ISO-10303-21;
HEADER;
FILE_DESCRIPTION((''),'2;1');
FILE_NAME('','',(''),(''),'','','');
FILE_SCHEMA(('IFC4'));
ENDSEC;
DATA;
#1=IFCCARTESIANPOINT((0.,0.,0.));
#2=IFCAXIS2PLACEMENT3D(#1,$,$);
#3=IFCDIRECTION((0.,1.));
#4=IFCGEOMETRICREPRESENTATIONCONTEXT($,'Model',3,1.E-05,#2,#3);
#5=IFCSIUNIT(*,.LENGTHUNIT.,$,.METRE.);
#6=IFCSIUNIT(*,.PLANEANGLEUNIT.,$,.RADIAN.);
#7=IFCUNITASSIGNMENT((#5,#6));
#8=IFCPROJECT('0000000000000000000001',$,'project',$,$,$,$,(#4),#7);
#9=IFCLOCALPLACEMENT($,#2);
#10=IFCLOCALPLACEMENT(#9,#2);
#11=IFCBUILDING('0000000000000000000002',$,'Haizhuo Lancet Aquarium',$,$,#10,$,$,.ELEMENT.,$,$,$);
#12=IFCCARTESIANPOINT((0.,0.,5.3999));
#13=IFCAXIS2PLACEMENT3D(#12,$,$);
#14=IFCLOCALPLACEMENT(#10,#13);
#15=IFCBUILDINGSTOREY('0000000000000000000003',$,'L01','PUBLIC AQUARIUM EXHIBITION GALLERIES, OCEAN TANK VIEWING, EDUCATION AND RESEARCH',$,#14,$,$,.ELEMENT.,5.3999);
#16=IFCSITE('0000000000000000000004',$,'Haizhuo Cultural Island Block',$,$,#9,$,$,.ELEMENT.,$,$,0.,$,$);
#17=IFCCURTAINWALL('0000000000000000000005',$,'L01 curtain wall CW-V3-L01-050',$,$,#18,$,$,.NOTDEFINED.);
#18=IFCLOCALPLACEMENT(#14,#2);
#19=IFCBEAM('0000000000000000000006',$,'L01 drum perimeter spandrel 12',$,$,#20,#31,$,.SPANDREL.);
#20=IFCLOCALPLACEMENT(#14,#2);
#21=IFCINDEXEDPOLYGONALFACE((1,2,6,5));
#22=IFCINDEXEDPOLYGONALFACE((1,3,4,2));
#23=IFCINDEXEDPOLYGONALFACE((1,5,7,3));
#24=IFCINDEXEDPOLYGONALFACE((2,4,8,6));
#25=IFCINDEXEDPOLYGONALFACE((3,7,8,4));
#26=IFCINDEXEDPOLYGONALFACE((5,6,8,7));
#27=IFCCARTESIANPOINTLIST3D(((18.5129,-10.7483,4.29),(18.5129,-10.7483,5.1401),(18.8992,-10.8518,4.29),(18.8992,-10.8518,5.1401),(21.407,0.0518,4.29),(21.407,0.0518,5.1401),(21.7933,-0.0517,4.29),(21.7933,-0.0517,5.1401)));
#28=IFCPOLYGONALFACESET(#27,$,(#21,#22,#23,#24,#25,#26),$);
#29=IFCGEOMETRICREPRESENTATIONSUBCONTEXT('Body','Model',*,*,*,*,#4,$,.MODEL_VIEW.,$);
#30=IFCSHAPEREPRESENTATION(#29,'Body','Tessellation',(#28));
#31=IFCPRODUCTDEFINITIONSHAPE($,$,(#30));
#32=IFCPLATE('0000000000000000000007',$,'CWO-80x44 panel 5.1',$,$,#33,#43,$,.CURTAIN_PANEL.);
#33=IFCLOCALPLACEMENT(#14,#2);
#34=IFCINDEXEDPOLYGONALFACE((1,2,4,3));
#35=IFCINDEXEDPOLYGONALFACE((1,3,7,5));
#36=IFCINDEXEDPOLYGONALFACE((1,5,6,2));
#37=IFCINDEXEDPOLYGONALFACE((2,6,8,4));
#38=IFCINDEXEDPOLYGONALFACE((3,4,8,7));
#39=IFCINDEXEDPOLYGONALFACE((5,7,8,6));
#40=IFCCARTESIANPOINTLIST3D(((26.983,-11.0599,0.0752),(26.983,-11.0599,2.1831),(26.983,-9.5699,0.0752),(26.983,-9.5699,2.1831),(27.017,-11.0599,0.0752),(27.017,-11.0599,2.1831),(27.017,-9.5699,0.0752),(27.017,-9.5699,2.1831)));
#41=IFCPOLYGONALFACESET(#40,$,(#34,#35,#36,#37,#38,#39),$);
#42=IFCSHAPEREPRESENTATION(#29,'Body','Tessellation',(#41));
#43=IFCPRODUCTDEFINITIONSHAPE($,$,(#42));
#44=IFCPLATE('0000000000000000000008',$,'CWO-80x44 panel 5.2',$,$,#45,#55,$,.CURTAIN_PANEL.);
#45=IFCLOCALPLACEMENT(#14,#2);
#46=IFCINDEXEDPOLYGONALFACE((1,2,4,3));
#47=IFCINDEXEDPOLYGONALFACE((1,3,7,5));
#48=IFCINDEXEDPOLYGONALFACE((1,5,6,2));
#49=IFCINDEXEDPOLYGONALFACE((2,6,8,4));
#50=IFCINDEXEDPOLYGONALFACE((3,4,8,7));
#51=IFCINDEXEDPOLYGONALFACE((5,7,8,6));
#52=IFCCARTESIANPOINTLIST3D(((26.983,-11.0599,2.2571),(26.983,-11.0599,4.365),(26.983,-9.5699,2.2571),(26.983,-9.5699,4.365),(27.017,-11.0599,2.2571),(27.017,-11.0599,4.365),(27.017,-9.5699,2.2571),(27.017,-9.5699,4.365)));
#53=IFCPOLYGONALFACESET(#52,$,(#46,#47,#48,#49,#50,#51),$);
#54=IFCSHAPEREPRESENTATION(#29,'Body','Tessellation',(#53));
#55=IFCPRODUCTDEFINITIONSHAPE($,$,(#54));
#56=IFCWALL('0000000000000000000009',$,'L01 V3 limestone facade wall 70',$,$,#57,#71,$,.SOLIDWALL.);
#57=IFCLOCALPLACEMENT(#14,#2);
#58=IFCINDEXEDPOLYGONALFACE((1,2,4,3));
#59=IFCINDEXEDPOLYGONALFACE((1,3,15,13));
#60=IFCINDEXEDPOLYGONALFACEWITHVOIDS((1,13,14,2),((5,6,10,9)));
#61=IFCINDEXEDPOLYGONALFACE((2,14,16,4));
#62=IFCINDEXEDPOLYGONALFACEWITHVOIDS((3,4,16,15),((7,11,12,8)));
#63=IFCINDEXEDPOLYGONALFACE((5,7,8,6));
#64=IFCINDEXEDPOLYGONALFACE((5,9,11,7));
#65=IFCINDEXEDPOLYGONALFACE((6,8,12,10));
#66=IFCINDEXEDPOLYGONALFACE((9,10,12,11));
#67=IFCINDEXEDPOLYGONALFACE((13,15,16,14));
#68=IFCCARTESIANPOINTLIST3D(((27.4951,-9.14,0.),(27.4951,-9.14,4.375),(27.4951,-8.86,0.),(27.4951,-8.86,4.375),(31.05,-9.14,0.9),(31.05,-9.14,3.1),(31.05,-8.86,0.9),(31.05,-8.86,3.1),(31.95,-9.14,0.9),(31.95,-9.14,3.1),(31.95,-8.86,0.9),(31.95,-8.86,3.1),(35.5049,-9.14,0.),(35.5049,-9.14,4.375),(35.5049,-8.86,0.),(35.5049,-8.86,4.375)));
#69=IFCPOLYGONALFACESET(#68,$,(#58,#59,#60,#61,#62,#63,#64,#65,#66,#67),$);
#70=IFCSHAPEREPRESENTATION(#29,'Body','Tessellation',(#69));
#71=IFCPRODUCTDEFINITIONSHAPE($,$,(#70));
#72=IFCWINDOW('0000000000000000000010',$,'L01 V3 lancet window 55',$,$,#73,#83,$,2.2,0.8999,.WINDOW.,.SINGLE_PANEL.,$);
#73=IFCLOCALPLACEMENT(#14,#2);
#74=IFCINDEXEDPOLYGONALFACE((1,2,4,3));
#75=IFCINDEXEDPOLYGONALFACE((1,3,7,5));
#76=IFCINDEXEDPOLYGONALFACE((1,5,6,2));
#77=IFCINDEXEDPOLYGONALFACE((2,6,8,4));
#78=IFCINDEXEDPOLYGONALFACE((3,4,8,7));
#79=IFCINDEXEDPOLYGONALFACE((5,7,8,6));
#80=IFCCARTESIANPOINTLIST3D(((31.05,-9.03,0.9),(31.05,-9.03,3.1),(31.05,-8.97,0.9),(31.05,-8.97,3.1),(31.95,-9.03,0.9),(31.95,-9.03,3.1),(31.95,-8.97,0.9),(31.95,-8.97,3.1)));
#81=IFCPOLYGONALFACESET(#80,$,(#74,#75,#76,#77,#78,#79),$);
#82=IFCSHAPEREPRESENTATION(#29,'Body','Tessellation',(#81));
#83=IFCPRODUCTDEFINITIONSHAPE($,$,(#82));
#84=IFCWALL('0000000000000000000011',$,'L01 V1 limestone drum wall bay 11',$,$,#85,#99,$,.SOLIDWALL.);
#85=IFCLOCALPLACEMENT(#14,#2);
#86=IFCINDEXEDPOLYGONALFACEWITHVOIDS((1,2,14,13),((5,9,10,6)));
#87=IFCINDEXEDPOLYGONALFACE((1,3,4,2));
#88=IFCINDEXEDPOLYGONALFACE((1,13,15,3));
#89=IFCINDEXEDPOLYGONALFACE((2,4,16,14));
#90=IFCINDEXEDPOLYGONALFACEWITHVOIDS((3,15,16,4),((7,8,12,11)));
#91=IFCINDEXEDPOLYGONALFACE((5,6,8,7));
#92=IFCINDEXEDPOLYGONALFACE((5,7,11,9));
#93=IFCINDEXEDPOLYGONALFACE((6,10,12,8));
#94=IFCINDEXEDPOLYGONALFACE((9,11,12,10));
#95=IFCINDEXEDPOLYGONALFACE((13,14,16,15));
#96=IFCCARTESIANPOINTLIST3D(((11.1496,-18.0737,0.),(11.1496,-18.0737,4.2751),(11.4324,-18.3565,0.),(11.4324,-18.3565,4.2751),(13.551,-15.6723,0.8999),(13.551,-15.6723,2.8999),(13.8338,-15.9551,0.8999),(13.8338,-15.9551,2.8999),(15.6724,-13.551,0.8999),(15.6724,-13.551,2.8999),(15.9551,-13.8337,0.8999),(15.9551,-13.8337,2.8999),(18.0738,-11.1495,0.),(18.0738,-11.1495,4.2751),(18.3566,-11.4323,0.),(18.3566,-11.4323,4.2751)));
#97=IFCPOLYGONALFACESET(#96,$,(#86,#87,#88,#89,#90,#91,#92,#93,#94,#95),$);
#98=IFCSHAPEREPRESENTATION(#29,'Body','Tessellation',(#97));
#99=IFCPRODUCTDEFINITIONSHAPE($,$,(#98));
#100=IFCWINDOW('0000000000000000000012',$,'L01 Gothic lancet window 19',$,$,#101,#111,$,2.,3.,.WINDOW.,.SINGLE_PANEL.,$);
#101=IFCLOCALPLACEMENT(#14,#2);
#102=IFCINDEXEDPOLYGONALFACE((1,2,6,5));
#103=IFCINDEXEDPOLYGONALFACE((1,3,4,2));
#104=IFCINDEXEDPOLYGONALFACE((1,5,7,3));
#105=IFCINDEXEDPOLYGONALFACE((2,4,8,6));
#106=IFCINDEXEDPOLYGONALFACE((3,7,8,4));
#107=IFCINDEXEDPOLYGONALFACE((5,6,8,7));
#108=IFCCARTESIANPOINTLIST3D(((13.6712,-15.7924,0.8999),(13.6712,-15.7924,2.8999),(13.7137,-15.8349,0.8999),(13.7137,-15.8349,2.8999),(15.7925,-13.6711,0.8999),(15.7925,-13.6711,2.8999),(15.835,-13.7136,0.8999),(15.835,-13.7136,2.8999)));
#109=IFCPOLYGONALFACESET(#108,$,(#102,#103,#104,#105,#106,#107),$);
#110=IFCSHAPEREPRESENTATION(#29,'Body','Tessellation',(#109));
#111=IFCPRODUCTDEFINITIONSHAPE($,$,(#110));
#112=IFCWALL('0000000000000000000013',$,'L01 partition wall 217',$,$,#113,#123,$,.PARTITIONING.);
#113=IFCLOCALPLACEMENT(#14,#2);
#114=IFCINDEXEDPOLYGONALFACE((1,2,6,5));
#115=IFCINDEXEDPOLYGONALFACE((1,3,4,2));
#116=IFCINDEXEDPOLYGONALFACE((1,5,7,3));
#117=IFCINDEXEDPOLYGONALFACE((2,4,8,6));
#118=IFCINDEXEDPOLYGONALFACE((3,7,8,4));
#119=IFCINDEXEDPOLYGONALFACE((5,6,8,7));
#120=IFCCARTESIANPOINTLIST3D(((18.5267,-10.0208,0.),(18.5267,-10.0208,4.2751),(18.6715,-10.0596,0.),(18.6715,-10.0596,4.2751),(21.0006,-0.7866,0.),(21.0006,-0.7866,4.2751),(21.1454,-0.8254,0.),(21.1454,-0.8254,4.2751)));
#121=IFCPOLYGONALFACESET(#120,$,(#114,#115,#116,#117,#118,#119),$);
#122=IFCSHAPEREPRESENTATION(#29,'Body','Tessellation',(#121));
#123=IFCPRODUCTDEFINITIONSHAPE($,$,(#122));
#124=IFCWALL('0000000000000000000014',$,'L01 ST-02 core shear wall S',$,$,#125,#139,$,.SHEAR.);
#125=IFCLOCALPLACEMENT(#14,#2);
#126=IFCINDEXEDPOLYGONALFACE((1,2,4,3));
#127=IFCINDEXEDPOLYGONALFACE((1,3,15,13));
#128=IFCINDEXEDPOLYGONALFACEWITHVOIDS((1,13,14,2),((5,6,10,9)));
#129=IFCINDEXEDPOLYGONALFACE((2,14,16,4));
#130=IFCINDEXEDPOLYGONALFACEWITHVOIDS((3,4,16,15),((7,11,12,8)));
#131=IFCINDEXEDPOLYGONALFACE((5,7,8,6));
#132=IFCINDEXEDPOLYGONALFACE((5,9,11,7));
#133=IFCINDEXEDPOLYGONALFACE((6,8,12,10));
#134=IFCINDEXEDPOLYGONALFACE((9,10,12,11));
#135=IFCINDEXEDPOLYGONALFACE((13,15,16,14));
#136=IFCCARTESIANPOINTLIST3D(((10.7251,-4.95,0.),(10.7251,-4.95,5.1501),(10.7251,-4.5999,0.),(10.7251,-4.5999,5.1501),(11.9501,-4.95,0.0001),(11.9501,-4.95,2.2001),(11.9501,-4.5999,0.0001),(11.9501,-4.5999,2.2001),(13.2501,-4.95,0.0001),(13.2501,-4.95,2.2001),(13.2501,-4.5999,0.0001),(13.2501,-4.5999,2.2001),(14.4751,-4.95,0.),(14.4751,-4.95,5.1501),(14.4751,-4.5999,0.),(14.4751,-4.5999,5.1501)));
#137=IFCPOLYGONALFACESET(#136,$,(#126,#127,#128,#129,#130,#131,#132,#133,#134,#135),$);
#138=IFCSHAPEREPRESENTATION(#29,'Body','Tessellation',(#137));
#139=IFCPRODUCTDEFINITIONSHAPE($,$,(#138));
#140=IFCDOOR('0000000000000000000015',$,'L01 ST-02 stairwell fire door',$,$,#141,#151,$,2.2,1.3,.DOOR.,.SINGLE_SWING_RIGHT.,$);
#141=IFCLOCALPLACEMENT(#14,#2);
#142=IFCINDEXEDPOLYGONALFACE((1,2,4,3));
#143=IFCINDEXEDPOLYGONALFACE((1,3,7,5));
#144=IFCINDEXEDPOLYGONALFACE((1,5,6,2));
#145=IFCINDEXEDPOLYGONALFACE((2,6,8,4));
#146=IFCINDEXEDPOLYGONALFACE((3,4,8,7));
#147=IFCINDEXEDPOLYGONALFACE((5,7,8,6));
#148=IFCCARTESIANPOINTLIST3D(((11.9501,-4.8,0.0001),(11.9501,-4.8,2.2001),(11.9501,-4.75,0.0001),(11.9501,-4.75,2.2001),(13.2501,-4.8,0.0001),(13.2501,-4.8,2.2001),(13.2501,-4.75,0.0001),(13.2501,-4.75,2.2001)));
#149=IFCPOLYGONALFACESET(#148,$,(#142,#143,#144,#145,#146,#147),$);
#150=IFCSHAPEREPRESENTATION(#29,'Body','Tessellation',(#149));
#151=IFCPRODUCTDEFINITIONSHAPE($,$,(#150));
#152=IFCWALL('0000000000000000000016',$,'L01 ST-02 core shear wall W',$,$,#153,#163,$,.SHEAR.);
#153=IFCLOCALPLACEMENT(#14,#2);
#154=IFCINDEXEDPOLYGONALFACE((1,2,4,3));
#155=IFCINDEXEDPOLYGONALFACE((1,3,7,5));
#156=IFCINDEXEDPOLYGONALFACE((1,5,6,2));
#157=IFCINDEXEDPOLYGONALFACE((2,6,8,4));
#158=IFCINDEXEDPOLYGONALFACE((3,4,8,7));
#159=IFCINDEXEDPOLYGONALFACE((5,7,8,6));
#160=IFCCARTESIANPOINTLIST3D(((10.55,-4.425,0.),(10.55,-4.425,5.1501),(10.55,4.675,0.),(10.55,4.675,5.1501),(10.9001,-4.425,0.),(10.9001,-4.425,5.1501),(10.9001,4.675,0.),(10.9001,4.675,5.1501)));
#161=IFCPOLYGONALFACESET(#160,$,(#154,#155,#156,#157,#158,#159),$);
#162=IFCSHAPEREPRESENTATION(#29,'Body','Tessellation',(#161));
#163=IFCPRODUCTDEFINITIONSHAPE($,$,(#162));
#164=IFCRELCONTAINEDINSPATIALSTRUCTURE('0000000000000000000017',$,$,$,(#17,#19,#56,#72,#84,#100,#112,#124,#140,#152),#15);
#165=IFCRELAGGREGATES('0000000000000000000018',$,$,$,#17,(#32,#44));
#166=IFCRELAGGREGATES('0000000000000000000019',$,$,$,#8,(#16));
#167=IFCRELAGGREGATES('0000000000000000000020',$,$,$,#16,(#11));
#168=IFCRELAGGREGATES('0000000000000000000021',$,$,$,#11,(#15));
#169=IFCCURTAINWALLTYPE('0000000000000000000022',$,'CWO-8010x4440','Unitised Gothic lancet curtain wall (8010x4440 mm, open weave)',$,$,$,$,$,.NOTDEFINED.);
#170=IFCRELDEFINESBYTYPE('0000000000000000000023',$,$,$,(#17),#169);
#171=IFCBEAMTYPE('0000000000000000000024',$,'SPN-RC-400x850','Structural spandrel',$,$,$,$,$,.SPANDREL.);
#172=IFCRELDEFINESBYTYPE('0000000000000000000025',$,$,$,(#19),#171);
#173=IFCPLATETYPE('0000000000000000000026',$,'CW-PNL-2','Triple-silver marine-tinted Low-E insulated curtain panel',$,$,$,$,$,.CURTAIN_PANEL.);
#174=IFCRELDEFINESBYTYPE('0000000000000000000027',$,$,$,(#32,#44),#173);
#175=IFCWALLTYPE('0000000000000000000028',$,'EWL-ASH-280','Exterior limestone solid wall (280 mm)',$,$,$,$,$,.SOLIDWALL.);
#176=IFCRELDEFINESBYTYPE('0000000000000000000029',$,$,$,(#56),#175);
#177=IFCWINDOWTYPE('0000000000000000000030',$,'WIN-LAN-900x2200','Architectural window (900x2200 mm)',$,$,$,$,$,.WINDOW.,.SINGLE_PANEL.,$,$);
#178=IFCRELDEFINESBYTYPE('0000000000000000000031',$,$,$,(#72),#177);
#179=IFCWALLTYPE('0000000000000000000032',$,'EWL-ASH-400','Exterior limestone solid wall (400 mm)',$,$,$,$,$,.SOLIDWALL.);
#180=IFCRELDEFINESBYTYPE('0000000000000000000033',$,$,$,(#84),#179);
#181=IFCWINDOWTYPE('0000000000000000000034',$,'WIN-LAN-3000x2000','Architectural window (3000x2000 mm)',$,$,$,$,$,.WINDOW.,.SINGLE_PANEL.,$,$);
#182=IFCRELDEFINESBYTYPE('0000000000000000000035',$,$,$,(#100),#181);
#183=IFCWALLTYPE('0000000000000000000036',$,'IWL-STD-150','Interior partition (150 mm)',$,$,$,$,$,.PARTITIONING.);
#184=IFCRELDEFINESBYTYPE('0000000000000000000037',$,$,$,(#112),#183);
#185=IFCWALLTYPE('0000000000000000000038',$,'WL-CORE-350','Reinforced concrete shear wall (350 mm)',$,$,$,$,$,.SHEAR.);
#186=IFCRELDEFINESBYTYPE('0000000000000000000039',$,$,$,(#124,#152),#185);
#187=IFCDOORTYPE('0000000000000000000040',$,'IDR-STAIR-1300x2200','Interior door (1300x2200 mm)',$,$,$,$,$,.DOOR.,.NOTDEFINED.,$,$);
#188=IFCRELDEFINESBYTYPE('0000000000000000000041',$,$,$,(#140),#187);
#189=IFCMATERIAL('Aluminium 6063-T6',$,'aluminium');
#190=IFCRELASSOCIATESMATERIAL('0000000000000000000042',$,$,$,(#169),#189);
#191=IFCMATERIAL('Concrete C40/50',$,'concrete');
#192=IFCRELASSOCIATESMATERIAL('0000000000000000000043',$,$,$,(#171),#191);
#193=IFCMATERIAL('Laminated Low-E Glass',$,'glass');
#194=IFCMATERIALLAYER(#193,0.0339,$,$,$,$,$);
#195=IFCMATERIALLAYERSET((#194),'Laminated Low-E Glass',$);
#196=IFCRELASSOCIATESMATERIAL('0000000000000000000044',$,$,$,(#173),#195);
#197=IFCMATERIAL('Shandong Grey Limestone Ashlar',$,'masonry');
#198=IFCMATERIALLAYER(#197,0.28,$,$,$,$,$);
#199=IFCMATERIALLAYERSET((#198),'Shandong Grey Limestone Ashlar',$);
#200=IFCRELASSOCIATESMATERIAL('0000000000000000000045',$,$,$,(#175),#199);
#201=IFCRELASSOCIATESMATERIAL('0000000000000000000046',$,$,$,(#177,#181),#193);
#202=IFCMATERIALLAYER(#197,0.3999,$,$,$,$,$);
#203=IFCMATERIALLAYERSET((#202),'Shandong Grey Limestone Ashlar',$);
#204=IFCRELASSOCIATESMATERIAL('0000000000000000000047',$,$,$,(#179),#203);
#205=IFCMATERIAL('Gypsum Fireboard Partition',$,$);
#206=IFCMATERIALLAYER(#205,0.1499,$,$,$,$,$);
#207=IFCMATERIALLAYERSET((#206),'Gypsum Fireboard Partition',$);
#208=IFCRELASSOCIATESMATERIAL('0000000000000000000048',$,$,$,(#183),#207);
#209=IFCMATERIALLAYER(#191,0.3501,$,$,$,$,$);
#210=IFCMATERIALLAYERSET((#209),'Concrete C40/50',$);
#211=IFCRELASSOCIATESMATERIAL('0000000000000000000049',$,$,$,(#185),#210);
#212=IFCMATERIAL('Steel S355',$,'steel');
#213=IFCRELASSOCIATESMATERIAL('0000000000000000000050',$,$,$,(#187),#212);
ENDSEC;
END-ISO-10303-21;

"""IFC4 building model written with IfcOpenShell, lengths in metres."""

from ifc_helpers import new_model, si_unit, direction, frame, frame_2d, origin, origin_2d, place, context, subcontext, project, spatial, rectangle, extrude, material, layer, layer_set, material_profile, profile_set, type_object, element, fill, aggregate, save


model = new_model("IFC4")

# Units and contexts
model_context = context("Model", 3, precision=1e-05, world=origin(), true_north=direction((0.0, 1.0)))
body_context = subcontext(model_context, "Body", "Model", "MODEL_VIEW")
ifc_project = project(units=[si_unit("LENGTHUNIT", "METRE"), si_unit("PLANEANGLEUNIT", "RADIAN")], contexts=[model_context])

# Site, building, storey
site_placement = place(None, origin())
site = spatial("IfcSite", under=ifc_project, at=site_placement, Name="Haizhuo Cultural Island Block", CompositionType="ELEMENT", RefElevation=0.0)
building_placement = place(site_placement, origin())
building = spatial("IfcBuilding", under=site, at=building_placement, Name="Haizhuo Lancet Aquarium", CompositionType="ELEMENT")
storey_placement = place(building_placement, frame((0.0, 0.0, 5.3999)))
storey = spatial("IfcBuildingStorey", under=building, at=storey_placement, Name="L01", Description="PUBLIC AQUARIUM EXHIBITION GALLERIES, OCEAN TANK VIEWING, EDUCATION AND RESEARCH", CompositionType="ELEMENT", Elevation=5.3999)

# Shared definitions
ifc_material_1 = material(Name="Concrete C40/50", Category="concrete")

# Curtain wall
ifc_material_2 = material(Name="Aluminium 6063-T6", Category="aluminium")
curtain_wall_type = type_object("IfcCurtainWallType", Name="CWO-8010x4440", Description="Unitised Gothic lancet curtain wall (8010x4440 mm, open weave)", PredefinedType="NOTDEFINED", material=ifc_material_2)
curtain_wall_placement = place(storey_placement, origin())
curtain_wall = element("IfcCurtainWall", 1, at=curtain_wall_placement, inside=storey, type_object=curtain_wall_type, Name="L01 curtain wall CW-V3-L01-050", PredefinedType="NOTDEFINED")

# Shared definitions
ifc_material_3 = material(Name="Steel S355", Category="steel")

# Beam
ifc_material_profile_1 = material_profile(ifc_material_1, rectangle(XDim=0.3999, YDim=0.8501, at=origin_2d()), Name="RC-SP 400x850")
ifc_profile_set_1 = profile_set([ifc_material_profile_1], Name="Concrete C40/50")
beam_type_1 = type_object("IfcBeamType", Name="SPN-RC-400x850", Description="Structural spandrel", PredefinedType="SPANDREL", material=ifc_profile_set_1)
beam_1_placement = place(storey_placement, frame((18.7061, -10.8, 4.7151), z_axis=(0.258834, 0.965922, 0.0), x_axis=(-0.965922, 0.258834, 0.0)))
element("IfcBeam", 2, at=beam_1_placement, inside=storey, type_object=beam_type_1, Name="L01 drum perimeter spandrel 12", PredefinedType="SPANDREL", context=body_context, shape_type="SweptSolid", body=[
    extrude(rectangle(XDim=0.3999, YDim=0.8501, at=origin_2d()), origin(), (0.0, 0.0, 1.0), 11.1812),
])

# Plates
ifc_material_4 = material(Name="Laminated Low-E Glass", Category="glass")
ifc_layer_1 = layer(ifc_material_4, 0.0339)
ifc_layer_set_1 = layer_set([ifc_layer_1], Name="Laminated Low-E Glass")
plate_type = type_object("IfcPlateType", Name="CW-PNL-2", Description="Triple-silver marine-tinted Low-E insulated curtain panel", PredefinedType="CURTAIN_PANEL", material=ifc_layer_set_1)
plate_1_placement = place(storey_placement, frame((27.0, -10.3149, 0.0752), z_axis=(0.0, 0.0, 1.0), x_axis=(0.0, 1.0, 0.0)))
plate_1 = element("IfcPlate", 3, at=plate_1_placement, type_object=plate_type, Name="CWO-80x44 panel 5.1", PredefinedType="CURTAIN_PANEL", context=body_context, shape_type="SweptSolid", body=[
    extrude(rectangle(XDim=1.49, YDim=0.0339, at=origin_2d()), origin(), (0.0, 0.0, 1.0), 2.1079),
])
plate_2_placement = place(storey_placement, frame((27.0, -10.3149, 2.2571), z_axis=(0.0, 0.0, 1.0), x_axis=(0.0, 1.0, 0.0)))
plate_2 = element("IfcPlate", 4, at=plate_2_placement, type_object=plate_type, Name="CWO-80x44 panel 5.2", PredefinedType="CURTAIN_PANEL", context=body_context, shape_type="SweptSolid", body=[
    extrude(rectangle(XDim=1.49, YDim=0.0339, at=origin_2d()), origin(), (0.0, 0.0, 1.0), 2.1079),
])
aggregate(curtain_wall, [plate_1, plate_2])

# Walls, openings, windows
ifc_material_5 = material(Name="Shandong Grey Limestone Ashlar", Category="masonry")
ifc_layer_2 = layer(ifc_material_5, 0.28)
ifc_layer_set_2 = layer_set([ifc_layer_2], Name="Shandong Grey Limestone Ashlar")
wall_type_1 = type_object("IfcWallType", Name="EWL-ASH-280", Description="Exterior limestone solid wall (280 mm)", PredefinedType="SOLIDWALL", material=ifc_layer_set_2)
wall_1_placement = place(storey_placement, frame((27.4951, -9.0, 0.0), z_axis=(0.0, 0.0, 1.0), x_axis=(1.0, 0.0, 0.0)))
wall_1 = element("IfcWall", 5, at=wall_1_placement, inside=storey, type_object=wall_type_1, Name="L01 V3 limestone facade wall 70", PredefinedType="SOLIDWALL", context=body_context, shape_type="SweptSolid", body=[
    extrude(rectangle(XDim=8.0098, YDim=0.28, at=frame_2d((4.0049, 0.0))), origin(), (0.0, 0.0, 1.0), 4.375),
])
opening_1_placement = place(wall_1_placement, frame((3.5549, 0.0, 0.8999)))
opening_1 = element("IfcOpeningElement", 6, at=opening_1_placement, cuts=wall_1, PredefinedType="OPENING", context=body_context, shape_type="SweptSolid", body=[
    extrude(rectangle(XDim=0.8999, YDim=2.2, at=frame_2d((0.45, 1.1001))), frame((0.0, 0.1499, 0.0), z_axis=(0.0, -1.0, 0.0), x_axis=(1.0, 0.0, 0.0)), (0.0, 0.0, 1.0), 0.3),
])
window_type_1 = type_object("IfcWindowType", Name="WIN-LAN-900x2200", Description="Architectural window (900x2200 mm)", PartitioningType="SINGLE_PANEL", PredefinedType="WINDOW", material=ifc_material_4)
window_1_placement = place(opening_1_placement, origin())
window_1 = element("IfcWindow", 7, at=window_1_placement, inside=storey, type_object=window_type_1, Name="L01 V3 lancet window 55", OverallHeight=2.2, OverallWidth=0.8999, PartitioningType="SINGLE_PANEL", PredefinedType="WINDOW", context=body_context, shape_type="SweptSolid", body=[
    extrude(rectangle(XDim=0.8999, YDim=2.2, at=frame_2d((0.45, 1.1001))), frame((0.0, 0.03, 0.0), z_axis=(0.0, -1.0, 0.0), x_axis=(1.0, 0.0, 0.0)), (0.0, 0.0, 1.0), 0.0601),
])
fill(opening_1, window_1)
ifc_layer_3 = layer(ifc_material_5, 0.3999)
ifc_layer_set_3 = layer_set([ifc_layer_3], Name="Shandong Grey Limestone Ashlar")
wall_type_2 = type_object("IfcWallType", Name="EWL-ASH-400", Description="Exterior limestone solid wall (400 mm)", PredefinedType="SOLIDWALL", material=ifc_layer_set_3)
wall_2_placement = place(storey_placement, frame((18.2151, -11.291, 0.0), z_axis=(0.0, 0.0, 1.0), x_axis=(-0.707107, -0.707107, 0.0)))
wall_2 = element("IfcWall", 8, at=wall_2_placement, inside=storey, type_object=wall_type_2, Name="L01 V1 limestone drum wall bay 11", PredefinedType="SOLIDWALL", context=body_context, shape_type="SweptSolid", body=[
    extrude(rectangle(XDim=9.7922, YDim=0.3999, at=frame_2d((4.896, 0.0))), origin(), (0.0, 0.0, 1.0), 4.2751),
])
opening_2_placement = place(wall_2_placement, frame((3.396, 0.0, 0.8999)))
opening_2 = element("IfcOpeningElement", 9, at=opening_2_placement, cuts=wall_2, PredefinedType="OPENING", context=body_context, shape_type="SweptSolid", body=[
    extrude(rectangle(XDim=3.0, YDim=2.0, at=frame_2d((1.5, 1.0))), frame((0.0, 0.21, 0.0), z_axis=(0.0, -1.0, 0.0), x_axis=(1.0, 0.0, 0.0)), (0.0, 0.0, 1.0), 0.4199),
])
window_type_2 = type_object("IfcWindowType", Name="WIN-LAN-3000x2000", Description="Architectural window (3000x2000 mm)", PartitioningType="SINGLE_PANEL", PredefinedType="WINDOW", material=ifc_material_4)
window_2_placement = place(opening_2_placement, origin())
window_2 = element("IfcWindow", 10, at=window_2_placement, inside=storey, type_object=window_type_2, Name="L01 Gothic lancet window 19", OverallHeight=2.0, OverallWidth=3.0, PartitioningType="SINGLE_PANEL", PredefinedType="WINDOW", context=body_context, shape_type="SweptSolid", body=[
    extrude(rectangle(XDim=3.0, YDim=2.0, at=frame_2d((1.5, 1.0))), frame((0.0, 0.03, 0.0), z_axis=(0.0, -1.0, 0.0), x_axis=(1.0, 0.0, 0.0)), (0.0, 0.0, 1.0), 0.0601),
])
fill(opening_2, window_2)

# Wall
ifc_material_6 = material(Name="Gypsum Fireboard Partition")
ifc_layer_4 = layer(ifc_material_6, 0.1499)
ifc_layer_set_4 = layer_set([ifc_layer_4], Name="Gypsum Fireboard Partition")
wall_type_3 = type_object("IfcWallType", Name="IWL-STD-150", Description="Interior partition (150 mm)", PredefinedType="PARTITIONING", material=ifc_layer_set_4)
wall_3_placement = place(storey_placement, frame((18.5991, -10.04, 0.0), z_axis=(0.0, 0.0, 1.0), x_axis=(0.25878, 0.965936, 0.0)))
element("IfcWall", 11, at=wall_3_placement, inside=storey, type_object=wall_type_3, Name="L01 partition wall 217", PredefinedType="PARTITIONING", context=body_context, shape_type="SweptSolid", body=[
    extrude(rectangle(XDim=9.5598, YDim=0.1499, at=frame_2d((4.7798, 0.0))), origin(), (0.0, 0.0, 1.0), 4.2751),
])

# Wall, opening, door
ifc_layer_5 = layer(ifc_material_1, 0.3501)
ifc_layer_set_5 = layer_set([ifc_layer_5], Name="Concrete C40/50")
wall_type_4 = type_object("IfcWallType", Name="WL-CORE-350", Description="Reinforced concrete shear wall (350 mm)", PredefinedType="SHEAR", material=ifc_layer_set_5)
wall_4_placement = place(storey_placement, frame((10.7251, -4.7749, 0.0), z_axis=(0.0, 0.0, 1.0), x_axis=(1.0, 0.0, 0.0)))
wall_4 = element("IfcWall", 12, at=wall_4_placement, inside=storey, type_object=wall_type_4, Name="L01 ST-02 core shear wall S", PredefinedType="SHEAR", context=body_context, shape_type="SweptSolid", body=[
    extrude(rectangle(XDim=3.75, YDim=0.3501, at=frame_2d((1.875, 0.0))), origin(), (0.0, 0.0, 1.0), 5.1501),
])
opening_3_placement = place(wall_4_placement, frame((1.2251, 0.0, 0.0)))
opening_3 = element("IfcOpeningElement", 13, at=opening_3_placement, cuts=wall_4, PredefinedType="OPENING", context=body_context, shape_type="SweptSolid", body=[
    extrude(rectangle(XDim=1.3, YDim=2.2, at=frame_2d((0.6499, 1.1001))), frame((0.0, 0.1851, 0.0), z_axis=(0.0, -1.0, 0.0), x_axis=(1.0, 0.0, 0.0)), (0.0, 0.0, 1.0), 0.3701),
])
door_type = type_object("IfcDoorType", Name="IDR-STAIR-1300x2200", Description="Interior door (1300x2200 mm)", OperationType="NOTDEFINED", PredefinedType="DOOR", material=ifc_material_3)
door_placement = place(opening_3_placement, origin())
door = element("IfcDoor", 14, at=door_placement, inside=storey, type_object=door_type, Name="L01 ST-02 stairwell fire door", OperationType="SINGLE_SWING_RIGHT", OverallHeight=2.2, OverallWidth=1.3, PredefinedType="DOOR", context=body_context, shape_type="SweptSolid", body=[
    extrude(rectangle(XDim=1.3, YDim=2.2, at=frame_2d((0.6499, 1.1001))), frame((0.0, 0.0249, 0.0), z_axis=(0.0, -1.0, 0.0), x_axis=(1.0, 0.0, 0.0)), (0.0, 0.0, 1.0), 0.05),
])
fill(opening_3, door)

# Wall
wall_5_placement = place(storey_placement, frame((10.7251, -4.425, 0.0), z_axis=(0.0, 0.0, 1.0), x_axis=(0.0, 1.0, 0.0)))
element("IfcWall", 15, at=wall_5_placement, inside=storey, type_object=wall_type_4, Name="L01 ST-02 core shear wall W", PredefinedType="SHEAR", context=body_context, shape_type="SweptSolid", body=[
    extrude(rectangle(XDim=9.1001, YDim=0.3501, at=frame_2d((4.55, 0.0))), origin(), (0.0, 0.0, 1.0), 5.1501),
])

save(model, "model.ifc")
